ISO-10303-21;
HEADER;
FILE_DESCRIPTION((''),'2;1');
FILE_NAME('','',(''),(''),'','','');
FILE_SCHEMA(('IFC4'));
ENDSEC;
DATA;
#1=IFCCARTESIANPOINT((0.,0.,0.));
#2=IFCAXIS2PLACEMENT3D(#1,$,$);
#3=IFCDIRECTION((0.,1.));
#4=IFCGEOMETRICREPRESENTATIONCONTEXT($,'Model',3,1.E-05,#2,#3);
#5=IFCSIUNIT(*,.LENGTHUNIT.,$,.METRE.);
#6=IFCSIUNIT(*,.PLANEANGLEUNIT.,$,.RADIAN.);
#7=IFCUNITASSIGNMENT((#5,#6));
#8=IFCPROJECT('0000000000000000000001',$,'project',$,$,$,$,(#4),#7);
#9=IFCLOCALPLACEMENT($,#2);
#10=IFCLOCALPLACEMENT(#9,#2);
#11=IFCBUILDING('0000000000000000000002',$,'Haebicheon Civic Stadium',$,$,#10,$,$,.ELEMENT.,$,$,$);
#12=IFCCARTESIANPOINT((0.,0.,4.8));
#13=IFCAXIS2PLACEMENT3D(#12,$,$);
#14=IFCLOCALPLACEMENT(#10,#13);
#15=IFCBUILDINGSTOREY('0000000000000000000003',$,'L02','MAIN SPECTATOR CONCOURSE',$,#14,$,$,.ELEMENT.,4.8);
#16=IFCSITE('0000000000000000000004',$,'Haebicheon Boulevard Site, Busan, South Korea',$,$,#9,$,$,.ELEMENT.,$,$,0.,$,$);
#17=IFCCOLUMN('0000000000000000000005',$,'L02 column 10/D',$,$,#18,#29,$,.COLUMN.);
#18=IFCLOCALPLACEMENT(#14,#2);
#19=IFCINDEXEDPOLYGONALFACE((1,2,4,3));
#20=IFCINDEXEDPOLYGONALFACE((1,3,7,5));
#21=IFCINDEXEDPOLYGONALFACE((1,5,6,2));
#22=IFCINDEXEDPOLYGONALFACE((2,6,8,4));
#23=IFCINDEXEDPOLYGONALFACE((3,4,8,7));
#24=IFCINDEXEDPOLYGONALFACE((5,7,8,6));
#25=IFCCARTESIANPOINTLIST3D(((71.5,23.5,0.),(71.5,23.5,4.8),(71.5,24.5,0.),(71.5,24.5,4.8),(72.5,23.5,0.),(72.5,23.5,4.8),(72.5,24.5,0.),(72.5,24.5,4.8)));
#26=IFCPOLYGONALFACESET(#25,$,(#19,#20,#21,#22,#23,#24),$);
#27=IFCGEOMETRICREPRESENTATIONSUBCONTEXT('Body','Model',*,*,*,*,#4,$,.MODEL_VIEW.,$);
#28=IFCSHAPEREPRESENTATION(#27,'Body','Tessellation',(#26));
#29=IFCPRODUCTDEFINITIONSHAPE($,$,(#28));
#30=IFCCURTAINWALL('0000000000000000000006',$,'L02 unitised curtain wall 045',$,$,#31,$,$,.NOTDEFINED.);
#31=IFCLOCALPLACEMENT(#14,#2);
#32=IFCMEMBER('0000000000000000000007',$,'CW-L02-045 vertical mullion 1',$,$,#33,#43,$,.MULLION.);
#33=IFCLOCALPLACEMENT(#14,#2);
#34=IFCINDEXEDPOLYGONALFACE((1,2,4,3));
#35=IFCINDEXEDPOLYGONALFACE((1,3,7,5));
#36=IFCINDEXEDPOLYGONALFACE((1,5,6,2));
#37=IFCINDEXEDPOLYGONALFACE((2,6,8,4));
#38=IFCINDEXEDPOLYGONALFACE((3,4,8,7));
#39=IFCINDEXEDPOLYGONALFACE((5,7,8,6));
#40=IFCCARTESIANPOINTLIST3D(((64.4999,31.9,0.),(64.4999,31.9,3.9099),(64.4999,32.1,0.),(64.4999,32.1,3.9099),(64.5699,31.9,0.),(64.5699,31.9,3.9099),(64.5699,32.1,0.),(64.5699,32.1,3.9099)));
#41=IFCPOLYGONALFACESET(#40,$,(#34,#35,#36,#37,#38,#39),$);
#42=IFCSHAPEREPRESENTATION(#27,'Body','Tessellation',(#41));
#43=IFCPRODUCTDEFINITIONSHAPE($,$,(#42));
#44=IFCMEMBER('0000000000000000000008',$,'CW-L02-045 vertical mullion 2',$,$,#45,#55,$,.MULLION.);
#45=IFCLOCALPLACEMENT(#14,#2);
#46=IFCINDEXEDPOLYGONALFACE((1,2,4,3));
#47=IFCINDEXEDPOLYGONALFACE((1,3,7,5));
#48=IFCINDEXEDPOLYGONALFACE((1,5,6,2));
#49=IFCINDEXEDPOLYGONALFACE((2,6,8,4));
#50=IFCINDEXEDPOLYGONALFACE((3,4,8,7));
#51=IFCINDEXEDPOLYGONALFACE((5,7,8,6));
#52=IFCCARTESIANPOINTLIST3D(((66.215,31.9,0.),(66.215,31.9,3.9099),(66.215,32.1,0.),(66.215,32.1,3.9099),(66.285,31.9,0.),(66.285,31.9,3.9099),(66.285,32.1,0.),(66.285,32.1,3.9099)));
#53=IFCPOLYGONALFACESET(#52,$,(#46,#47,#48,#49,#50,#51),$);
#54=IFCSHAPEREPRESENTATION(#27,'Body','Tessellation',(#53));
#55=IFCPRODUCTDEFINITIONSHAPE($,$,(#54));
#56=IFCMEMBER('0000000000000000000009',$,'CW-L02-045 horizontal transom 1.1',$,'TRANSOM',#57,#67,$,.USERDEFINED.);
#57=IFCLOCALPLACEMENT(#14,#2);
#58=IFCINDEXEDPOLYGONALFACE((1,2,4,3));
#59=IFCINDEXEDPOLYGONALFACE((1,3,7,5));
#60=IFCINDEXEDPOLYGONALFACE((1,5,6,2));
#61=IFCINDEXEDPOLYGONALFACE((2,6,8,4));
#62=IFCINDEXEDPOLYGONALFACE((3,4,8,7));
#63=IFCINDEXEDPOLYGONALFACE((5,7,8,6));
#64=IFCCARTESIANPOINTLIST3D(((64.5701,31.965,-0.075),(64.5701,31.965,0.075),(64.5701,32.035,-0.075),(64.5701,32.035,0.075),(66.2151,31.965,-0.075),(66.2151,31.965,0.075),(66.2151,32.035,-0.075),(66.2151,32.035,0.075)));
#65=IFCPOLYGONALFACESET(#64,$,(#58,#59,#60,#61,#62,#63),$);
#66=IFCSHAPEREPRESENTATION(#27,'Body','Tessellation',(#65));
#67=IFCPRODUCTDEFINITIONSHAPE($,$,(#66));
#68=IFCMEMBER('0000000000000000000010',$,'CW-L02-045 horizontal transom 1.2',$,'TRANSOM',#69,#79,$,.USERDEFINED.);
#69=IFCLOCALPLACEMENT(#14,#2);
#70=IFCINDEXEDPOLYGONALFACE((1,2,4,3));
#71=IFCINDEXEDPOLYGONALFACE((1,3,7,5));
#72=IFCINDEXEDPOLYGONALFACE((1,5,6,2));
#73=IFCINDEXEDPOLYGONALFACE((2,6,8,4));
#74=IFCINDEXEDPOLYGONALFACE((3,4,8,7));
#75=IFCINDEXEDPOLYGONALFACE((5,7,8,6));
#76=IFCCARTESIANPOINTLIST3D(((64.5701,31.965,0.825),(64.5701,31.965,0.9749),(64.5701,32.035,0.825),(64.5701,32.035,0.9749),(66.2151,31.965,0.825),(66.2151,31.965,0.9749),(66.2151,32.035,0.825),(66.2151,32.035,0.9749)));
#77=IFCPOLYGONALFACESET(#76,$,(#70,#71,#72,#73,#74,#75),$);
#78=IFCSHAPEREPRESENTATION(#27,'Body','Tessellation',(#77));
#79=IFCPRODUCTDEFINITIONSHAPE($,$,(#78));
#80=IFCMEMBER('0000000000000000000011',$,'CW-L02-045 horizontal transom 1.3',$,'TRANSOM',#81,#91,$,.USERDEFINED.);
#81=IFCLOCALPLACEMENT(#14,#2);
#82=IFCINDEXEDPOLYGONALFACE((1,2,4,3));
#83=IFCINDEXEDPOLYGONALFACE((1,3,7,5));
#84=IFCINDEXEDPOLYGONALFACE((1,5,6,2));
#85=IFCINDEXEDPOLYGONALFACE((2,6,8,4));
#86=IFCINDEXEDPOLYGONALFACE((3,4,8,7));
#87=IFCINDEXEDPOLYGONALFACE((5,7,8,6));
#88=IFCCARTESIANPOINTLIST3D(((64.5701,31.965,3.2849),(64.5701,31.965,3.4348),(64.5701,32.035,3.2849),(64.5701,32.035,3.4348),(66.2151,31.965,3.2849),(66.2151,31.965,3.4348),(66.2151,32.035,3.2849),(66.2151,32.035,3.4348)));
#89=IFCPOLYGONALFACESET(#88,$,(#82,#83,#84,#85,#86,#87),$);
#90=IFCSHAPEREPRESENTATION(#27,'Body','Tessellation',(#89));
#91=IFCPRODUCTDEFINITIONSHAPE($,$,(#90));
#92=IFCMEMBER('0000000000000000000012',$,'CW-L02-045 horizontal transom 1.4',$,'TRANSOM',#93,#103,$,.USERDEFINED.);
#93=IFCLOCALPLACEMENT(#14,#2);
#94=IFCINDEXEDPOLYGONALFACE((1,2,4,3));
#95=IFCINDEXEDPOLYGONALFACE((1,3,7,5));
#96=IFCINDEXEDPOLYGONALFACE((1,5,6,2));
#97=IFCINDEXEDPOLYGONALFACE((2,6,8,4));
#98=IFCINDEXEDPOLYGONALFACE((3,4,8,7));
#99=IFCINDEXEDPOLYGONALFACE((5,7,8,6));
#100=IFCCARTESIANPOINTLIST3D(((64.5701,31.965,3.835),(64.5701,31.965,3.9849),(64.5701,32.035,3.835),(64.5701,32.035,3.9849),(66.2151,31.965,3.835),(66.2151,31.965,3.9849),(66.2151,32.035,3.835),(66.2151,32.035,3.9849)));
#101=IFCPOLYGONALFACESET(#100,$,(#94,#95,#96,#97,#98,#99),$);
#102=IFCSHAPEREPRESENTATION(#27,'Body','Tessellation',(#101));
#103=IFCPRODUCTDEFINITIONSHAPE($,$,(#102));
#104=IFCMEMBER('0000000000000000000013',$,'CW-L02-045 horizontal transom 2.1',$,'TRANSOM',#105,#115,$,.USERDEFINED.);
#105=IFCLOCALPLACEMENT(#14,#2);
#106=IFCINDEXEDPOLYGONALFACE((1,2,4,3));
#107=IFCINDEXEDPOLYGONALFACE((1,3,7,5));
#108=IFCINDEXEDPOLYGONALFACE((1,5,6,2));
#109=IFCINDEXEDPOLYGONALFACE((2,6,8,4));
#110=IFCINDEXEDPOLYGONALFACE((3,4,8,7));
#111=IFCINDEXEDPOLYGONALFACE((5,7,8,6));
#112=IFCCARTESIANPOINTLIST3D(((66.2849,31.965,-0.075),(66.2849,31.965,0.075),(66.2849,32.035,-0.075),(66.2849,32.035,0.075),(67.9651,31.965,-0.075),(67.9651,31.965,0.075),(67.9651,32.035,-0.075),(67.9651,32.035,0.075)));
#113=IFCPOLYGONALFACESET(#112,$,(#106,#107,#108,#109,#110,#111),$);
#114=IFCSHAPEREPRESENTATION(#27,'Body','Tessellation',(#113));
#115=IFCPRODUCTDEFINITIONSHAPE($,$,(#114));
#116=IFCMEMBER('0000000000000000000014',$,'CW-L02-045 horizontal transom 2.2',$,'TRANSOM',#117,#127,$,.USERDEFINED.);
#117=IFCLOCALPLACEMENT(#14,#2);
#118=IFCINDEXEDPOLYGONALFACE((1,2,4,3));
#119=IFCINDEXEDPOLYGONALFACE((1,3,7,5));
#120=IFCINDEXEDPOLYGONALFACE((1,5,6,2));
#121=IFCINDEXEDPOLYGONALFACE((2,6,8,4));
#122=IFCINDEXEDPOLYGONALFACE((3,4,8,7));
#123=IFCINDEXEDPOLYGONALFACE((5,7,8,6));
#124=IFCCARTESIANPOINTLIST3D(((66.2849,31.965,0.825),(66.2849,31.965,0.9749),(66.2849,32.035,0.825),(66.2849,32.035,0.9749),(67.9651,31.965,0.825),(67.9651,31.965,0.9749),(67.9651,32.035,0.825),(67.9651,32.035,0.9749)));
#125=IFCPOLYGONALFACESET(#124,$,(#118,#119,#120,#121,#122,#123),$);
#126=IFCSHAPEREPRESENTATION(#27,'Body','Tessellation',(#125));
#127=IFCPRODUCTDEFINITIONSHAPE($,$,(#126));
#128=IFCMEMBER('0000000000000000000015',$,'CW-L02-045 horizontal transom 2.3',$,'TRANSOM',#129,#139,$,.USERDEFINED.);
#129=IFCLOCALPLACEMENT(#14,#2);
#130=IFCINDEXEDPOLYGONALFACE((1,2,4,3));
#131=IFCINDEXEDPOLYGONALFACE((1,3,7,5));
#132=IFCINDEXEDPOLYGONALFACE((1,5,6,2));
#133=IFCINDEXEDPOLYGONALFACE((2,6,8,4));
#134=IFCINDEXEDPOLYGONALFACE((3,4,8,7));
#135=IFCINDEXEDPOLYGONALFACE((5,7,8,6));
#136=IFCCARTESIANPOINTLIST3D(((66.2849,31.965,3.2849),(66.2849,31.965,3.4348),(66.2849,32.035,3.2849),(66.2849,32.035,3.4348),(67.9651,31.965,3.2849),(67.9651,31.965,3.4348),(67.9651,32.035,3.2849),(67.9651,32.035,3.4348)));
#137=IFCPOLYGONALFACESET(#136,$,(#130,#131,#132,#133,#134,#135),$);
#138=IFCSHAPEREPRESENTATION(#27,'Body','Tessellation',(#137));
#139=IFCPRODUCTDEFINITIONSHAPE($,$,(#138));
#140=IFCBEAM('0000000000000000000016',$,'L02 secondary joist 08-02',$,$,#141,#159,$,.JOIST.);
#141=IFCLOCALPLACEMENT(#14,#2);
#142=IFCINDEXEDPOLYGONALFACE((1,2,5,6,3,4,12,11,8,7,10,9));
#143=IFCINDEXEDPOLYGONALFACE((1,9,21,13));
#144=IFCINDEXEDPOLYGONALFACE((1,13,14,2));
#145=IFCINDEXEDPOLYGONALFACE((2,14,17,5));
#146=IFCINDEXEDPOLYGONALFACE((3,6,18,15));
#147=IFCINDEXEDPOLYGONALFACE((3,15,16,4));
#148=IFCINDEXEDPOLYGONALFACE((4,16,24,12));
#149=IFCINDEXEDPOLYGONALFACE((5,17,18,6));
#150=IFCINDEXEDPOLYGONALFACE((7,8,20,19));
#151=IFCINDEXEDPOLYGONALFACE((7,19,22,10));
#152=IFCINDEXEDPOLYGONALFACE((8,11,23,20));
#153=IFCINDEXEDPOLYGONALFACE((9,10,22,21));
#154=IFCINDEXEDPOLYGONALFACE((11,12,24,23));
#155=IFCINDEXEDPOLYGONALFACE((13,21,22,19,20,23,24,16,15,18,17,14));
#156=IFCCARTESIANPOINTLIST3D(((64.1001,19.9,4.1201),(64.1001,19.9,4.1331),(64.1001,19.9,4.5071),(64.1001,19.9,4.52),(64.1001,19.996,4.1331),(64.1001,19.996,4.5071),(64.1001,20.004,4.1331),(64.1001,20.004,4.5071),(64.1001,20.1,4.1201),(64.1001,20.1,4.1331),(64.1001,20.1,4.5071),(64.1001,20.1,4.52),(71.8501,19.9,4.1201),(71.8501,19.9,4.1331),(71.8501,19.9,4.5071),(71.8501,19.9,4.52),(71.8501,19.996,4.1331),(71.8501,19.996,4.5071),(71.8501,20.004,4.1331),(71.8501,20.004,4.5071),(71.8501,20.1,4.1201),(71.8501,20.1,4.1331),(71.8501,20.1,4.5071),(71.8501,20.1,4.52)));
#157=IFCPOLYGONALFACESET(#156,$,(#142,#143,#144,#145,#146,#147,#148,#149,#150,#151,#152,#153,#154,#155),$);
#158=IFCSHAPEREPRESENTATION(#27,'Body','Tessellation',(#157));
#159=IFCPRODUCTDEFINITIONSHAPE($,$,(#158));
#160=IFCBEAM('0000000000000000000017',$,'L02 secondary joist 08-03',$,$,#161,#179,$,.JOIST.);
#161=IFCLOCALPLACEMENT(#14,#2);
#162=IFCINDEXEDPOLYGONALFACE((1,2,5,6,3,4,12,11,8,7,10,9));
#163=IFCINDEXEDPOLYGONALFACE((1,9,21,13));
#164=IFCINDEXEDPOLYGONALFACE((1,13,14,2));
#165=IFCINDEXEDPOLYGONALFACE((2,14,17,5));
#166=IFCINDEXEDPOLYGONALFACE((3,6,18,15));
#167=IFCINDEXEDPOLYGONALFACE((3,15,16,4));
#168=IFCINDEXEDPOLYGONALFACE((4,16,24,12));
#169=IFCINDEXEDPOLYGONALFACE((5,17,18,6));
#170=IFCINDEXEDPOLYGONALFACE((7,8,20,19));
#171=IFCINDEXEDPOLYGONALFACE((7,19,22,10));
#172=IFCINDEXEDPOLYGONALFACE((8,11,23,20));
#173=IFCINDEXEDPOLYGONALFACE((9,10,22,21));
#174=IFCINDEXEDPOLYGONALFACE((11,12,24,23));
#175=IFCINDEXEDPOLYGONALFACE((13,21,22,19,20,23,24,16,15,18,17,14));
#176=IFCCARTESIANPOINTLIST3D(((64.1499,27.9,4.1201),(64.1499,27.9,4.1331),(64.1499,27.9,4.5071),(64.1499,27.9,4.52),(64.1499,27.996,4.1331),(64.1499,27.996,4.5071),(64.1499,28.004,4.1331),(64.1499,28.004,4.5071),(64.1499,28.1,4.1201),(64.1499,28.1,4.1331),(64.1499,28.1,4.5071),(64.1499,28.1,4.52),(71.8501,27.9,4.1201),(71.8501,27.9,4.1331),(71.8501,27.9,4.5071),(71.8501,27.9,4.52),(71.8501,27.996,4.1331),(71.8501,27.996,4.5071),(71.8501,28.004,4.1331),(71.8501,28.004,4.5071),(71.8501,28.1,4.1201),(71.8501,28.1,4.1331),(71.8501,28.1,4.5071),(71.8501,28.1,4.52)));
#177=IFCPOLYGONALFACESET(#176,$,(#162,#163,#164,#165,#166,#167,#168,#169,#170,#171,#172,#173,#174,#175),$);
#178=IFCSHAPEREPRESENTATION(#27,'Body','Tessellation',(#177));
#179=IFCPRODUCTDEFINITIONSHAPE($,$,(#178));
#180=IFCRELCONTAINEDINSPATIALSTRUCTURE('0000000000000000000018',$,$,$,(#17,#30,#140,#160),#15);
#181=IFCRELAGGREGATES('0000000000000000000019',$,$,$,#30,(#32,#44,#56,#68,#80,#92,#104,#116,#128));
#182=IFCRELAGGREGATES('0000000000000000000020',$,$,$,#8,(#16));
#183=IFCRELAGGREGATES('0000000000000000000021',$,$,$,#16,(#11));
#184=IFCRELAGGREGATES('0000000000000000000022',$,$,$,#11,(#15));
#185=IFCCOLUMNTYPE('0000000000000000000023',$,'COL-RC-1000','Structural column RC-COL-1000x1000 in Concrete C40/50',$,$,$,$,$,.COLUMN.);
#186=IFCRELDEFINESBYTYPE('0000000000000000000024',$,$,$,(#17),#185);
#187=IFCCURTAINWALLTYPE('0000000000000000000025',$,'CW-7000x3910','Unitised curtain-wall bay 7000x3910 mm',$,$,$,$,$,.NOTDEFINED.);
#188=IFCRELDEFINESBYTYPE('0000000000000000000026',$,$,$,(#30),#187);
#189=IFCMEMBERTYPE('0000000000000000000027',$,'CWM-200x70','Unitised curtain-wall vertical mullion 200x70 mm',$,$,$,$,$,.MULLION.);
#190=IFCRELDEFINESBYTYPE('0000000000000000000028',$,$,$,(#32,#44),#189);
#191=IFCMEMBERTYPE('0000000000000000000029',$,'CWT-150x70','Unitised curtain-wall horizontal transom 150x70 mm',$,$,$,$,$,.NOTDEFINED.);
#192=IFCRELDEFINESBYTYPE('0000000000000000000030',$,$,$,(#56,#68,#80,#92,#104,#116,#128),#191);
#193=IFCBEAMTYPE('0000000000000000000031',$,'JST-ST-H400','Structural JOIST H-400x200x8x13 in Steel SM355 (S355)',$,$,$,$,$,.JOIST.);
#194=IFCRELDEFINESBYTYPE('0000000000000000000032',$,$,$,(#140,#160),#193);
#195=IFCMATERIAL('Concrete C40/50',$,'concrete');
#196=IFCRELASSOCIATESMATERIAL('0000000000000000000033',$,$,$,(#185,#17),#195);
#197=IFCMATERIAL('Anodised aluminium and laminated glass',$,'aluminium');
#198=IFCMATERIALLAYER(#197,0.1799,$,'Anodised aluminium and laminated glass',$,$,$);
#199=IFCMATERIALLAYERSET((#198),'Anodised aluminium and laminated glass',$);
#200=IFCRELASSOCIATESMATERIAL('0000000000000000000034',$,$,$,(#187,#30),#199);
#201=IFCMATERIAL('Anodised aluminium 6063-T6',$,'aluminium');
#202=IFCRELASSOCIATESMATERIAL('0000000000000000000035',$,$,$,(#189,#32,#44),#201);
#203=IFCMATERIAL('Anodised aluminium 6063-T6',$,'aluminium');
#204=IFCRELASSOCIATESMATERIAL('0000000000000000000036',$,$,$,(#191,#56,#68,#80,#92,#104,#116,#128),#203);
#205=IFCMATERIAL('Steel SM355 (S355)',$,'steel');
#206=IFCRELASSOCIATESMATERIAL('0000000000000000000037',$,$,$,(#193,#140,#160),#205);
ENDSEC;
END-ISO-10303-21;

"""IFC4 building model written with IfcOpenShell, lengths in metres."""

from ifc_helpers import new_model, si_unit, direction, frame, origin, origin_2d, place, context, subcontext, project, spatial, rectangle, i_section, extrude, material, layer, layer_set, material_profile, profile_set, type_object, element, aggregate, save


model = new_model("IFC4")

# Units and contexts
model_context = context("Model", 3, precision=1e-05, world=origin(), true_north=direction((0.0, 1.0)))
body_context = subcontext(model_context, "Body", "Model", "MODEL_VIEW")
ifc_project = project(units=[si_unit("LENGTHUNIT", "METRE"), si_unit("PLANEANGLEUNIT", "RADIAN")], contexts=[model_context])

# Site, building, storey
site_placement = place(None, origin())
site = spatial("IfcSite", under=ifc_project, at=site_placement, Name="Haebicheon Boulevard Site, Busan, South Korea", CompositionType="ELEMENT", RefElevation=0.0)
building_placement = place(site_placement, origin())
building = spatial("IfcBuilding", under=site, at=building_placement, Name="Haebicheon Civic Stadium", CompositionType="ELEMENT")
storey_placement = place(building_placement, frame((0.0, 0.0, 4.8)))
storey = spatial("IfcBuildingStorey", under=building, at=storey_placement, Name="L02", Description="MAIN SPECTATOR CONCOURSE", CompositionType="ELEMENT", Elevation=4.8)

# Column
ifc_material_1 = material(Name="Concrete C40/50", Category="concrete")
ifc_material_profile_1 = material_profile(ifc_material_1, rectangle(XDim=1.0, YDim=1.0, at=origin_2d()), Name="RC-COL-1000x1000")
ifc_profile_set_1 = profile_set([ifc_material_profile_1], Name="Concrete C40/50")
column_type = type_object("IfcColumnType", Name="COL-RC-1000", Description="Structural column RC-COL-1000x1000 in Concrete C40/50", PredefinedType="COLUMN", material=ifc_profile_set_1)
column_placement = place(storey_placement, frame((72.0, 24.0, 0.0), z_axis=(0.0, 0.0, 1.0), x_axis=(1.0, 0.0, 0.0)))
element("IfcColumn", 1, at=column_placement, inside=storey, type_object=column_type, material=ifc_profile_set_1, Name="L02 column 10/D", PredefinedType="COLUMN", context=body_context, shape_type="SweptSolid", body=[
    extrude(rectangle(XDim=1.0, YDim=1.0, at=origin_2d()), origin(), (0.0, 0.0, 1.0), 4.8),
])

# Curtain wall, members
ifc_material_2 = material(Name="Anodised aluminium and laminated glass", Category="aluminium")
ifc_layer_1 = layer(ifc_material_2, 0.1799, Name="Anodised aluminium and laminated glass")
ifc_layer_set_1 = layer_set([ifc_layer_1], Name="Anodised aluminium and laminated glass")
curtain_wall_type = type_object("IfcCurtainWallType", Name="CW-7000x3910", Description="Unitised curtain-wall bay 7000x3910 mm", PredefinedType="NOTDEFINED", material=ifc_layer_set_1)
curtain_wall_placement = place(storey_placement, origin())
curtain_wall = element("IfcCurtainWall", 2, at=curtain_wall_placement, inside=storey, type_object=curtain_wall_type, material=ifc_layer_set_1, Name="L02 unitised curtain wall 045", PredefinedType="NOTDEFINED")
ifc_material_3 = material(Name="Anodised aluminium 6063-T6", Category="aluminium")
ifc_material_profile_2 = material_profile(ifc_material_3, rectangle(XDim=0.0701, YDim=0.2, at=origin_2d()), Name="ALU-MULL-70x200")
ifc_profile_set_2 = profile_set([ifc_material_profile_2], Name="Anodised aluminium 6063-T6")
member_type_1 = type_object("IfcMemberType", Name="CWM-200x70", Description="Unitised curtain-wall vertical mullion 200x70 mm", PredefinedType="MULLION", material=ifc_profile_set_2)
member_1_placement = place(storey_placement, frame((64.5349, 32.0, 0.0), z_axis=(0.0, 0.0, 1.0), x_axis=(1.0, 0.0, 0.0)))
member_1 = element("IfcMember", 3, at=member_1_placement, type_object=member_type_1, material=ifc_profile_set_2, Name="CW-L02-045 vertical mullion 1", PredefinedType="MULLION", context=body_context, shape_type="SweptSolid", body=[
    extrude(rectangle(XDim=0.0701, YDim=0.2, at=origin_2d()), origin(), (0.0, 0.0, 1.0), 3.9099),
])
member_2_placement = place(storey_placement, frame((66.25, 32.0, 0.0), z_axis=(0.0, 0.0, 1.0), x_axis=(1.0, 0.0, 0.0)))
member_2 = element("IfcMember", 4, at=member_2_placement, type_object=member_type_1, material=ifc_profile_set_2, Name="CW-L02-045 vertical mullion 2", PredefinedType="MULLION", context=body_context, shape_type="SweptSolid", body=[
    extrude(rectangle(XDim=0.0701, YDim=0.2, at=origin_2d()), origin(), (0.0, 0.0, 1.0), 3.9099),
])
ifc_material_4 = material(Name="Anodised aluminium 6063-T6", Category="aluminium")
ifc_material_profile_3 = material_profile(ifc_material_4, rectangle(XDim=0.0701, YDim=0.1499, at=origin_2d()), Name="ALU-TRAN-70x150")
ifc_profile_set_3 = profile_set([ifc_material_profile_3], Name="Anodised aluminium 6063-T6")
member_type_2 = type_object("IfcMemberType", Name="CWT-150x70", Description="Unitised curtain-wall horizontal transom 150x70 mm", PredefinedType="NOTDEFINED", material=ifc_profile_set_3)
member_3_placement = place(storey_placement, frame((64.5701, 32.0, 0.0), z_axis=(1.0, 0.0, 0.0), x_axis=(0.0, 1.0, 0.0)))
member_3 = element("IfcMember", 5, at=member_3_placement, type_object=member_type_2, material=ifc_profile_set_3, Name="CW-L02-045 horizontal transom 1.1", ObjectType="TRANSOM", PredefinedType="USERDEFINED", context=body_context, shape_type="SweptSolid", body=[
    extrude(rectangle(XDim=0.0701, YDim=0.1499, at=origin_2d()), origin(), (0.0, 0.0, 1.0), 1.645),
])
member_4_placement = place(storey_placement, frame((64.5701, 32.0, 0.8999), z_axis=(1.0, 0.0, 0.0), x_axis=(0.0, 1.0, 0.0)))
member_4 = element("IfcMember", 6, at=member_4_placement, type_object=member_type_2, material=ifc_profile_set_3, Name="CW-L02-045 horizontal transom 1.2", ObjectType="TRANSOM", PredefinedType="USERDEFINED", context=body_context, shape_type="SweptSolid", body=[
    extrude(rectangle(XDim=0.0701, YDim=0.1499, at=origin_2d()), origin(), (0.0, 0.0, 1.0), 1.645),
])
member_5_placement = place(storey_placement, frame((64.5701, 32.0, 3.3599), z_axis=(1.0, 0.0, 0.0), x_axis=(0.0, 1.0, 0.0)))
member_5 = element("IfcMember", 7, at=member_5_placement, type_object=member_type_2, material=ifc_profile_set_3, Name="CW-L02-045 horizontal transom 1.3", ObjectType="TRANSOM", PredefinedType="USERDEFINED", context=body_context, shape_type="SweptSolid", body=[
    extrude(rectangle(XDim=0.0701, YDim=0.1499, at=origin_2d()), origin(), (0.0, 0.0, 1.0), 1.645),
])
member_6_placement = place(storey_placement, frame((64.5701, 32.0, 3.9099), z_axis=(1.0, 0.0, 0.0), x_axis=(0.0, 1.0, 0.0)))
member_6 = element("IfcMember", 8, at=member_6_placement, type_object=member_type_2, material=ifc_profile_set_3, Name="CW-L02-045 horizontal transom 1.4", ObjectType="TRANSOM", PredefinedType="USERDEFINED", context=body_context, shape_type="SweptSolid", body=[
    extrude(rectangle(XDim=0.0701, YDim=0.1499, at=origin_2d()), origin(), (0.0, 0.0, 1.0), 1.645),
])
member_7_placement = place(storey_placement, frame((66.2849, 32.0, 0.0), z_axis=(1.0, 0.0, 0.0), x_axis=(0.0, 1.0, 0.0)))
member_7 = element("IfcMember", 9, at=member_7_placement, type_object=member_type_2, material=ifc_profile_set_3, Name="CW-L02-045 horizontal transom 2.1", ObjectType="TRANSOM", PredefinedType="USERDEFINED", context=body_context, shape_type="SweptSolid", body=[
    extrude(rectangle(XDim=0.0701, YDim=0.1499, at=origin_2d()), origin(), (0.0, 0.0, 1.0), 1.6802),
])
member_8_placement = place(storey_placement, frame((66.2849, 32.0, 0.8999), z_axis=(1.0, 0.0, 0.0), x_axis=(0.0, 1.0, 0.0)))
member_8 = element("IfcMember", 10, at=member_8_placement, type_object=member_type_2, material=ifc_profile_set_3, Name="CW-L02-045 horizontal transom 2.2", ObjectType="TRANSOM", PredefinedType="USERDEFINED", context=body_context, shape_type="SweptSolid", body=[
    extrude(rectangle(XDim=0.0701, YDim=0.1499, at=origin_2d()), origin(), (0.0, 0.0, 1.0), 1.6802),
])
member_9_placement = place(storey_placement, frame((66.2849, 32.0, 3.3599), z_axis=(1.0, 0.0, 0.0), x_axis=(0.0, 1.0, 0.0)))
member_9 = element("IfcMember", 11, at=member_9_placement, type_object=member_type_2, material=ifc_profile_set_3, Name="CW-L02-045 horizontal transom 2.3", ObjectType="TRANSOM", PredefinedType="USERDEFINED", context=body_context, shape_type="SweptSolid", body=[
    extrude(rectangle(XDim=0.0701, YDim=0.1499, at=origin_2d()), origin(), (0.0, 0.0, 1.0), 1.6802),
])

# Beams
ifc_material_5 = material(Name="Steel SM355 (S355)", Category="steel")
ifc_material_profile_4 = material_profile(ifc_material_5, i_section(OverallWidth=0.2, OverallDepth=0.3999, WebThickness=0.0081, FlangeThickness=0.0129, at=origin_2d()), Name="H-400x200x8x13")
ifc_profile_set_4 = profile_set([ifc_material_profile_4], Name="Steel SM355 (S355)")
beam_type = type_object("IfcBeamType", Name="JST-ST-H400", Description="Structural JOIST H-400x200x8x13 in Steel SM355 (S355)", PredefinedType="JOIST", material=ifc_profile_set_4)
beam_1_placement = place(storey_placement, frame((64.1001, 20.0, 4.3201), z_axis=(1.0, 0.0, 0.0), x_axis=(0.0, 1.0, 0.0)))
element("IfcBeam", 12, at=beam_1_placement, inside=storey, type_object=beam_type, material=ifc_profile_set_4, Name="L02 secondary joist 08-02", PredefinedType="JOIST", context=body_context, shape_type="SweptSolid", body=[
    extrude(i_section(OverallWidth=0.2, OverallDepth=0.3999, WebThickness=0.0081, FlangeThickness=0.0129, at=origin_2d()), origin(), (0.0, 0.0, 1.0), 7.75),
])
beam_2_placement = place(storey_placement, frame((64.1499, 28.0, 4.3201), z_axis=(1.0, 0.0, 0.0), x_axis=(0.0, 1.0, 0.0)))
element("IfcBeam", 13, at=beam_2_placement, inside=storey, type_object=beam_type, material=ifc_profile_set_4, Name="L02 secondary joist 08-03", PredefinedType="JOIST", context=body_context, shape_type="SweptSolid", body=[
    extrude(i_section(OverallWidth=0.2, OverallDepth=0.3999, WebThickness=0.0081, FlangeThickness=0.0129, at=origin_2d()), origin(), (0.0, 0.0, 1.0), 7.7002),
])

aggregate(curtain_wall, [member_1, member_2, member_3, member_4, member_5, member_6, member_7, member_8, member_9])

save(model, "model.ifc")
